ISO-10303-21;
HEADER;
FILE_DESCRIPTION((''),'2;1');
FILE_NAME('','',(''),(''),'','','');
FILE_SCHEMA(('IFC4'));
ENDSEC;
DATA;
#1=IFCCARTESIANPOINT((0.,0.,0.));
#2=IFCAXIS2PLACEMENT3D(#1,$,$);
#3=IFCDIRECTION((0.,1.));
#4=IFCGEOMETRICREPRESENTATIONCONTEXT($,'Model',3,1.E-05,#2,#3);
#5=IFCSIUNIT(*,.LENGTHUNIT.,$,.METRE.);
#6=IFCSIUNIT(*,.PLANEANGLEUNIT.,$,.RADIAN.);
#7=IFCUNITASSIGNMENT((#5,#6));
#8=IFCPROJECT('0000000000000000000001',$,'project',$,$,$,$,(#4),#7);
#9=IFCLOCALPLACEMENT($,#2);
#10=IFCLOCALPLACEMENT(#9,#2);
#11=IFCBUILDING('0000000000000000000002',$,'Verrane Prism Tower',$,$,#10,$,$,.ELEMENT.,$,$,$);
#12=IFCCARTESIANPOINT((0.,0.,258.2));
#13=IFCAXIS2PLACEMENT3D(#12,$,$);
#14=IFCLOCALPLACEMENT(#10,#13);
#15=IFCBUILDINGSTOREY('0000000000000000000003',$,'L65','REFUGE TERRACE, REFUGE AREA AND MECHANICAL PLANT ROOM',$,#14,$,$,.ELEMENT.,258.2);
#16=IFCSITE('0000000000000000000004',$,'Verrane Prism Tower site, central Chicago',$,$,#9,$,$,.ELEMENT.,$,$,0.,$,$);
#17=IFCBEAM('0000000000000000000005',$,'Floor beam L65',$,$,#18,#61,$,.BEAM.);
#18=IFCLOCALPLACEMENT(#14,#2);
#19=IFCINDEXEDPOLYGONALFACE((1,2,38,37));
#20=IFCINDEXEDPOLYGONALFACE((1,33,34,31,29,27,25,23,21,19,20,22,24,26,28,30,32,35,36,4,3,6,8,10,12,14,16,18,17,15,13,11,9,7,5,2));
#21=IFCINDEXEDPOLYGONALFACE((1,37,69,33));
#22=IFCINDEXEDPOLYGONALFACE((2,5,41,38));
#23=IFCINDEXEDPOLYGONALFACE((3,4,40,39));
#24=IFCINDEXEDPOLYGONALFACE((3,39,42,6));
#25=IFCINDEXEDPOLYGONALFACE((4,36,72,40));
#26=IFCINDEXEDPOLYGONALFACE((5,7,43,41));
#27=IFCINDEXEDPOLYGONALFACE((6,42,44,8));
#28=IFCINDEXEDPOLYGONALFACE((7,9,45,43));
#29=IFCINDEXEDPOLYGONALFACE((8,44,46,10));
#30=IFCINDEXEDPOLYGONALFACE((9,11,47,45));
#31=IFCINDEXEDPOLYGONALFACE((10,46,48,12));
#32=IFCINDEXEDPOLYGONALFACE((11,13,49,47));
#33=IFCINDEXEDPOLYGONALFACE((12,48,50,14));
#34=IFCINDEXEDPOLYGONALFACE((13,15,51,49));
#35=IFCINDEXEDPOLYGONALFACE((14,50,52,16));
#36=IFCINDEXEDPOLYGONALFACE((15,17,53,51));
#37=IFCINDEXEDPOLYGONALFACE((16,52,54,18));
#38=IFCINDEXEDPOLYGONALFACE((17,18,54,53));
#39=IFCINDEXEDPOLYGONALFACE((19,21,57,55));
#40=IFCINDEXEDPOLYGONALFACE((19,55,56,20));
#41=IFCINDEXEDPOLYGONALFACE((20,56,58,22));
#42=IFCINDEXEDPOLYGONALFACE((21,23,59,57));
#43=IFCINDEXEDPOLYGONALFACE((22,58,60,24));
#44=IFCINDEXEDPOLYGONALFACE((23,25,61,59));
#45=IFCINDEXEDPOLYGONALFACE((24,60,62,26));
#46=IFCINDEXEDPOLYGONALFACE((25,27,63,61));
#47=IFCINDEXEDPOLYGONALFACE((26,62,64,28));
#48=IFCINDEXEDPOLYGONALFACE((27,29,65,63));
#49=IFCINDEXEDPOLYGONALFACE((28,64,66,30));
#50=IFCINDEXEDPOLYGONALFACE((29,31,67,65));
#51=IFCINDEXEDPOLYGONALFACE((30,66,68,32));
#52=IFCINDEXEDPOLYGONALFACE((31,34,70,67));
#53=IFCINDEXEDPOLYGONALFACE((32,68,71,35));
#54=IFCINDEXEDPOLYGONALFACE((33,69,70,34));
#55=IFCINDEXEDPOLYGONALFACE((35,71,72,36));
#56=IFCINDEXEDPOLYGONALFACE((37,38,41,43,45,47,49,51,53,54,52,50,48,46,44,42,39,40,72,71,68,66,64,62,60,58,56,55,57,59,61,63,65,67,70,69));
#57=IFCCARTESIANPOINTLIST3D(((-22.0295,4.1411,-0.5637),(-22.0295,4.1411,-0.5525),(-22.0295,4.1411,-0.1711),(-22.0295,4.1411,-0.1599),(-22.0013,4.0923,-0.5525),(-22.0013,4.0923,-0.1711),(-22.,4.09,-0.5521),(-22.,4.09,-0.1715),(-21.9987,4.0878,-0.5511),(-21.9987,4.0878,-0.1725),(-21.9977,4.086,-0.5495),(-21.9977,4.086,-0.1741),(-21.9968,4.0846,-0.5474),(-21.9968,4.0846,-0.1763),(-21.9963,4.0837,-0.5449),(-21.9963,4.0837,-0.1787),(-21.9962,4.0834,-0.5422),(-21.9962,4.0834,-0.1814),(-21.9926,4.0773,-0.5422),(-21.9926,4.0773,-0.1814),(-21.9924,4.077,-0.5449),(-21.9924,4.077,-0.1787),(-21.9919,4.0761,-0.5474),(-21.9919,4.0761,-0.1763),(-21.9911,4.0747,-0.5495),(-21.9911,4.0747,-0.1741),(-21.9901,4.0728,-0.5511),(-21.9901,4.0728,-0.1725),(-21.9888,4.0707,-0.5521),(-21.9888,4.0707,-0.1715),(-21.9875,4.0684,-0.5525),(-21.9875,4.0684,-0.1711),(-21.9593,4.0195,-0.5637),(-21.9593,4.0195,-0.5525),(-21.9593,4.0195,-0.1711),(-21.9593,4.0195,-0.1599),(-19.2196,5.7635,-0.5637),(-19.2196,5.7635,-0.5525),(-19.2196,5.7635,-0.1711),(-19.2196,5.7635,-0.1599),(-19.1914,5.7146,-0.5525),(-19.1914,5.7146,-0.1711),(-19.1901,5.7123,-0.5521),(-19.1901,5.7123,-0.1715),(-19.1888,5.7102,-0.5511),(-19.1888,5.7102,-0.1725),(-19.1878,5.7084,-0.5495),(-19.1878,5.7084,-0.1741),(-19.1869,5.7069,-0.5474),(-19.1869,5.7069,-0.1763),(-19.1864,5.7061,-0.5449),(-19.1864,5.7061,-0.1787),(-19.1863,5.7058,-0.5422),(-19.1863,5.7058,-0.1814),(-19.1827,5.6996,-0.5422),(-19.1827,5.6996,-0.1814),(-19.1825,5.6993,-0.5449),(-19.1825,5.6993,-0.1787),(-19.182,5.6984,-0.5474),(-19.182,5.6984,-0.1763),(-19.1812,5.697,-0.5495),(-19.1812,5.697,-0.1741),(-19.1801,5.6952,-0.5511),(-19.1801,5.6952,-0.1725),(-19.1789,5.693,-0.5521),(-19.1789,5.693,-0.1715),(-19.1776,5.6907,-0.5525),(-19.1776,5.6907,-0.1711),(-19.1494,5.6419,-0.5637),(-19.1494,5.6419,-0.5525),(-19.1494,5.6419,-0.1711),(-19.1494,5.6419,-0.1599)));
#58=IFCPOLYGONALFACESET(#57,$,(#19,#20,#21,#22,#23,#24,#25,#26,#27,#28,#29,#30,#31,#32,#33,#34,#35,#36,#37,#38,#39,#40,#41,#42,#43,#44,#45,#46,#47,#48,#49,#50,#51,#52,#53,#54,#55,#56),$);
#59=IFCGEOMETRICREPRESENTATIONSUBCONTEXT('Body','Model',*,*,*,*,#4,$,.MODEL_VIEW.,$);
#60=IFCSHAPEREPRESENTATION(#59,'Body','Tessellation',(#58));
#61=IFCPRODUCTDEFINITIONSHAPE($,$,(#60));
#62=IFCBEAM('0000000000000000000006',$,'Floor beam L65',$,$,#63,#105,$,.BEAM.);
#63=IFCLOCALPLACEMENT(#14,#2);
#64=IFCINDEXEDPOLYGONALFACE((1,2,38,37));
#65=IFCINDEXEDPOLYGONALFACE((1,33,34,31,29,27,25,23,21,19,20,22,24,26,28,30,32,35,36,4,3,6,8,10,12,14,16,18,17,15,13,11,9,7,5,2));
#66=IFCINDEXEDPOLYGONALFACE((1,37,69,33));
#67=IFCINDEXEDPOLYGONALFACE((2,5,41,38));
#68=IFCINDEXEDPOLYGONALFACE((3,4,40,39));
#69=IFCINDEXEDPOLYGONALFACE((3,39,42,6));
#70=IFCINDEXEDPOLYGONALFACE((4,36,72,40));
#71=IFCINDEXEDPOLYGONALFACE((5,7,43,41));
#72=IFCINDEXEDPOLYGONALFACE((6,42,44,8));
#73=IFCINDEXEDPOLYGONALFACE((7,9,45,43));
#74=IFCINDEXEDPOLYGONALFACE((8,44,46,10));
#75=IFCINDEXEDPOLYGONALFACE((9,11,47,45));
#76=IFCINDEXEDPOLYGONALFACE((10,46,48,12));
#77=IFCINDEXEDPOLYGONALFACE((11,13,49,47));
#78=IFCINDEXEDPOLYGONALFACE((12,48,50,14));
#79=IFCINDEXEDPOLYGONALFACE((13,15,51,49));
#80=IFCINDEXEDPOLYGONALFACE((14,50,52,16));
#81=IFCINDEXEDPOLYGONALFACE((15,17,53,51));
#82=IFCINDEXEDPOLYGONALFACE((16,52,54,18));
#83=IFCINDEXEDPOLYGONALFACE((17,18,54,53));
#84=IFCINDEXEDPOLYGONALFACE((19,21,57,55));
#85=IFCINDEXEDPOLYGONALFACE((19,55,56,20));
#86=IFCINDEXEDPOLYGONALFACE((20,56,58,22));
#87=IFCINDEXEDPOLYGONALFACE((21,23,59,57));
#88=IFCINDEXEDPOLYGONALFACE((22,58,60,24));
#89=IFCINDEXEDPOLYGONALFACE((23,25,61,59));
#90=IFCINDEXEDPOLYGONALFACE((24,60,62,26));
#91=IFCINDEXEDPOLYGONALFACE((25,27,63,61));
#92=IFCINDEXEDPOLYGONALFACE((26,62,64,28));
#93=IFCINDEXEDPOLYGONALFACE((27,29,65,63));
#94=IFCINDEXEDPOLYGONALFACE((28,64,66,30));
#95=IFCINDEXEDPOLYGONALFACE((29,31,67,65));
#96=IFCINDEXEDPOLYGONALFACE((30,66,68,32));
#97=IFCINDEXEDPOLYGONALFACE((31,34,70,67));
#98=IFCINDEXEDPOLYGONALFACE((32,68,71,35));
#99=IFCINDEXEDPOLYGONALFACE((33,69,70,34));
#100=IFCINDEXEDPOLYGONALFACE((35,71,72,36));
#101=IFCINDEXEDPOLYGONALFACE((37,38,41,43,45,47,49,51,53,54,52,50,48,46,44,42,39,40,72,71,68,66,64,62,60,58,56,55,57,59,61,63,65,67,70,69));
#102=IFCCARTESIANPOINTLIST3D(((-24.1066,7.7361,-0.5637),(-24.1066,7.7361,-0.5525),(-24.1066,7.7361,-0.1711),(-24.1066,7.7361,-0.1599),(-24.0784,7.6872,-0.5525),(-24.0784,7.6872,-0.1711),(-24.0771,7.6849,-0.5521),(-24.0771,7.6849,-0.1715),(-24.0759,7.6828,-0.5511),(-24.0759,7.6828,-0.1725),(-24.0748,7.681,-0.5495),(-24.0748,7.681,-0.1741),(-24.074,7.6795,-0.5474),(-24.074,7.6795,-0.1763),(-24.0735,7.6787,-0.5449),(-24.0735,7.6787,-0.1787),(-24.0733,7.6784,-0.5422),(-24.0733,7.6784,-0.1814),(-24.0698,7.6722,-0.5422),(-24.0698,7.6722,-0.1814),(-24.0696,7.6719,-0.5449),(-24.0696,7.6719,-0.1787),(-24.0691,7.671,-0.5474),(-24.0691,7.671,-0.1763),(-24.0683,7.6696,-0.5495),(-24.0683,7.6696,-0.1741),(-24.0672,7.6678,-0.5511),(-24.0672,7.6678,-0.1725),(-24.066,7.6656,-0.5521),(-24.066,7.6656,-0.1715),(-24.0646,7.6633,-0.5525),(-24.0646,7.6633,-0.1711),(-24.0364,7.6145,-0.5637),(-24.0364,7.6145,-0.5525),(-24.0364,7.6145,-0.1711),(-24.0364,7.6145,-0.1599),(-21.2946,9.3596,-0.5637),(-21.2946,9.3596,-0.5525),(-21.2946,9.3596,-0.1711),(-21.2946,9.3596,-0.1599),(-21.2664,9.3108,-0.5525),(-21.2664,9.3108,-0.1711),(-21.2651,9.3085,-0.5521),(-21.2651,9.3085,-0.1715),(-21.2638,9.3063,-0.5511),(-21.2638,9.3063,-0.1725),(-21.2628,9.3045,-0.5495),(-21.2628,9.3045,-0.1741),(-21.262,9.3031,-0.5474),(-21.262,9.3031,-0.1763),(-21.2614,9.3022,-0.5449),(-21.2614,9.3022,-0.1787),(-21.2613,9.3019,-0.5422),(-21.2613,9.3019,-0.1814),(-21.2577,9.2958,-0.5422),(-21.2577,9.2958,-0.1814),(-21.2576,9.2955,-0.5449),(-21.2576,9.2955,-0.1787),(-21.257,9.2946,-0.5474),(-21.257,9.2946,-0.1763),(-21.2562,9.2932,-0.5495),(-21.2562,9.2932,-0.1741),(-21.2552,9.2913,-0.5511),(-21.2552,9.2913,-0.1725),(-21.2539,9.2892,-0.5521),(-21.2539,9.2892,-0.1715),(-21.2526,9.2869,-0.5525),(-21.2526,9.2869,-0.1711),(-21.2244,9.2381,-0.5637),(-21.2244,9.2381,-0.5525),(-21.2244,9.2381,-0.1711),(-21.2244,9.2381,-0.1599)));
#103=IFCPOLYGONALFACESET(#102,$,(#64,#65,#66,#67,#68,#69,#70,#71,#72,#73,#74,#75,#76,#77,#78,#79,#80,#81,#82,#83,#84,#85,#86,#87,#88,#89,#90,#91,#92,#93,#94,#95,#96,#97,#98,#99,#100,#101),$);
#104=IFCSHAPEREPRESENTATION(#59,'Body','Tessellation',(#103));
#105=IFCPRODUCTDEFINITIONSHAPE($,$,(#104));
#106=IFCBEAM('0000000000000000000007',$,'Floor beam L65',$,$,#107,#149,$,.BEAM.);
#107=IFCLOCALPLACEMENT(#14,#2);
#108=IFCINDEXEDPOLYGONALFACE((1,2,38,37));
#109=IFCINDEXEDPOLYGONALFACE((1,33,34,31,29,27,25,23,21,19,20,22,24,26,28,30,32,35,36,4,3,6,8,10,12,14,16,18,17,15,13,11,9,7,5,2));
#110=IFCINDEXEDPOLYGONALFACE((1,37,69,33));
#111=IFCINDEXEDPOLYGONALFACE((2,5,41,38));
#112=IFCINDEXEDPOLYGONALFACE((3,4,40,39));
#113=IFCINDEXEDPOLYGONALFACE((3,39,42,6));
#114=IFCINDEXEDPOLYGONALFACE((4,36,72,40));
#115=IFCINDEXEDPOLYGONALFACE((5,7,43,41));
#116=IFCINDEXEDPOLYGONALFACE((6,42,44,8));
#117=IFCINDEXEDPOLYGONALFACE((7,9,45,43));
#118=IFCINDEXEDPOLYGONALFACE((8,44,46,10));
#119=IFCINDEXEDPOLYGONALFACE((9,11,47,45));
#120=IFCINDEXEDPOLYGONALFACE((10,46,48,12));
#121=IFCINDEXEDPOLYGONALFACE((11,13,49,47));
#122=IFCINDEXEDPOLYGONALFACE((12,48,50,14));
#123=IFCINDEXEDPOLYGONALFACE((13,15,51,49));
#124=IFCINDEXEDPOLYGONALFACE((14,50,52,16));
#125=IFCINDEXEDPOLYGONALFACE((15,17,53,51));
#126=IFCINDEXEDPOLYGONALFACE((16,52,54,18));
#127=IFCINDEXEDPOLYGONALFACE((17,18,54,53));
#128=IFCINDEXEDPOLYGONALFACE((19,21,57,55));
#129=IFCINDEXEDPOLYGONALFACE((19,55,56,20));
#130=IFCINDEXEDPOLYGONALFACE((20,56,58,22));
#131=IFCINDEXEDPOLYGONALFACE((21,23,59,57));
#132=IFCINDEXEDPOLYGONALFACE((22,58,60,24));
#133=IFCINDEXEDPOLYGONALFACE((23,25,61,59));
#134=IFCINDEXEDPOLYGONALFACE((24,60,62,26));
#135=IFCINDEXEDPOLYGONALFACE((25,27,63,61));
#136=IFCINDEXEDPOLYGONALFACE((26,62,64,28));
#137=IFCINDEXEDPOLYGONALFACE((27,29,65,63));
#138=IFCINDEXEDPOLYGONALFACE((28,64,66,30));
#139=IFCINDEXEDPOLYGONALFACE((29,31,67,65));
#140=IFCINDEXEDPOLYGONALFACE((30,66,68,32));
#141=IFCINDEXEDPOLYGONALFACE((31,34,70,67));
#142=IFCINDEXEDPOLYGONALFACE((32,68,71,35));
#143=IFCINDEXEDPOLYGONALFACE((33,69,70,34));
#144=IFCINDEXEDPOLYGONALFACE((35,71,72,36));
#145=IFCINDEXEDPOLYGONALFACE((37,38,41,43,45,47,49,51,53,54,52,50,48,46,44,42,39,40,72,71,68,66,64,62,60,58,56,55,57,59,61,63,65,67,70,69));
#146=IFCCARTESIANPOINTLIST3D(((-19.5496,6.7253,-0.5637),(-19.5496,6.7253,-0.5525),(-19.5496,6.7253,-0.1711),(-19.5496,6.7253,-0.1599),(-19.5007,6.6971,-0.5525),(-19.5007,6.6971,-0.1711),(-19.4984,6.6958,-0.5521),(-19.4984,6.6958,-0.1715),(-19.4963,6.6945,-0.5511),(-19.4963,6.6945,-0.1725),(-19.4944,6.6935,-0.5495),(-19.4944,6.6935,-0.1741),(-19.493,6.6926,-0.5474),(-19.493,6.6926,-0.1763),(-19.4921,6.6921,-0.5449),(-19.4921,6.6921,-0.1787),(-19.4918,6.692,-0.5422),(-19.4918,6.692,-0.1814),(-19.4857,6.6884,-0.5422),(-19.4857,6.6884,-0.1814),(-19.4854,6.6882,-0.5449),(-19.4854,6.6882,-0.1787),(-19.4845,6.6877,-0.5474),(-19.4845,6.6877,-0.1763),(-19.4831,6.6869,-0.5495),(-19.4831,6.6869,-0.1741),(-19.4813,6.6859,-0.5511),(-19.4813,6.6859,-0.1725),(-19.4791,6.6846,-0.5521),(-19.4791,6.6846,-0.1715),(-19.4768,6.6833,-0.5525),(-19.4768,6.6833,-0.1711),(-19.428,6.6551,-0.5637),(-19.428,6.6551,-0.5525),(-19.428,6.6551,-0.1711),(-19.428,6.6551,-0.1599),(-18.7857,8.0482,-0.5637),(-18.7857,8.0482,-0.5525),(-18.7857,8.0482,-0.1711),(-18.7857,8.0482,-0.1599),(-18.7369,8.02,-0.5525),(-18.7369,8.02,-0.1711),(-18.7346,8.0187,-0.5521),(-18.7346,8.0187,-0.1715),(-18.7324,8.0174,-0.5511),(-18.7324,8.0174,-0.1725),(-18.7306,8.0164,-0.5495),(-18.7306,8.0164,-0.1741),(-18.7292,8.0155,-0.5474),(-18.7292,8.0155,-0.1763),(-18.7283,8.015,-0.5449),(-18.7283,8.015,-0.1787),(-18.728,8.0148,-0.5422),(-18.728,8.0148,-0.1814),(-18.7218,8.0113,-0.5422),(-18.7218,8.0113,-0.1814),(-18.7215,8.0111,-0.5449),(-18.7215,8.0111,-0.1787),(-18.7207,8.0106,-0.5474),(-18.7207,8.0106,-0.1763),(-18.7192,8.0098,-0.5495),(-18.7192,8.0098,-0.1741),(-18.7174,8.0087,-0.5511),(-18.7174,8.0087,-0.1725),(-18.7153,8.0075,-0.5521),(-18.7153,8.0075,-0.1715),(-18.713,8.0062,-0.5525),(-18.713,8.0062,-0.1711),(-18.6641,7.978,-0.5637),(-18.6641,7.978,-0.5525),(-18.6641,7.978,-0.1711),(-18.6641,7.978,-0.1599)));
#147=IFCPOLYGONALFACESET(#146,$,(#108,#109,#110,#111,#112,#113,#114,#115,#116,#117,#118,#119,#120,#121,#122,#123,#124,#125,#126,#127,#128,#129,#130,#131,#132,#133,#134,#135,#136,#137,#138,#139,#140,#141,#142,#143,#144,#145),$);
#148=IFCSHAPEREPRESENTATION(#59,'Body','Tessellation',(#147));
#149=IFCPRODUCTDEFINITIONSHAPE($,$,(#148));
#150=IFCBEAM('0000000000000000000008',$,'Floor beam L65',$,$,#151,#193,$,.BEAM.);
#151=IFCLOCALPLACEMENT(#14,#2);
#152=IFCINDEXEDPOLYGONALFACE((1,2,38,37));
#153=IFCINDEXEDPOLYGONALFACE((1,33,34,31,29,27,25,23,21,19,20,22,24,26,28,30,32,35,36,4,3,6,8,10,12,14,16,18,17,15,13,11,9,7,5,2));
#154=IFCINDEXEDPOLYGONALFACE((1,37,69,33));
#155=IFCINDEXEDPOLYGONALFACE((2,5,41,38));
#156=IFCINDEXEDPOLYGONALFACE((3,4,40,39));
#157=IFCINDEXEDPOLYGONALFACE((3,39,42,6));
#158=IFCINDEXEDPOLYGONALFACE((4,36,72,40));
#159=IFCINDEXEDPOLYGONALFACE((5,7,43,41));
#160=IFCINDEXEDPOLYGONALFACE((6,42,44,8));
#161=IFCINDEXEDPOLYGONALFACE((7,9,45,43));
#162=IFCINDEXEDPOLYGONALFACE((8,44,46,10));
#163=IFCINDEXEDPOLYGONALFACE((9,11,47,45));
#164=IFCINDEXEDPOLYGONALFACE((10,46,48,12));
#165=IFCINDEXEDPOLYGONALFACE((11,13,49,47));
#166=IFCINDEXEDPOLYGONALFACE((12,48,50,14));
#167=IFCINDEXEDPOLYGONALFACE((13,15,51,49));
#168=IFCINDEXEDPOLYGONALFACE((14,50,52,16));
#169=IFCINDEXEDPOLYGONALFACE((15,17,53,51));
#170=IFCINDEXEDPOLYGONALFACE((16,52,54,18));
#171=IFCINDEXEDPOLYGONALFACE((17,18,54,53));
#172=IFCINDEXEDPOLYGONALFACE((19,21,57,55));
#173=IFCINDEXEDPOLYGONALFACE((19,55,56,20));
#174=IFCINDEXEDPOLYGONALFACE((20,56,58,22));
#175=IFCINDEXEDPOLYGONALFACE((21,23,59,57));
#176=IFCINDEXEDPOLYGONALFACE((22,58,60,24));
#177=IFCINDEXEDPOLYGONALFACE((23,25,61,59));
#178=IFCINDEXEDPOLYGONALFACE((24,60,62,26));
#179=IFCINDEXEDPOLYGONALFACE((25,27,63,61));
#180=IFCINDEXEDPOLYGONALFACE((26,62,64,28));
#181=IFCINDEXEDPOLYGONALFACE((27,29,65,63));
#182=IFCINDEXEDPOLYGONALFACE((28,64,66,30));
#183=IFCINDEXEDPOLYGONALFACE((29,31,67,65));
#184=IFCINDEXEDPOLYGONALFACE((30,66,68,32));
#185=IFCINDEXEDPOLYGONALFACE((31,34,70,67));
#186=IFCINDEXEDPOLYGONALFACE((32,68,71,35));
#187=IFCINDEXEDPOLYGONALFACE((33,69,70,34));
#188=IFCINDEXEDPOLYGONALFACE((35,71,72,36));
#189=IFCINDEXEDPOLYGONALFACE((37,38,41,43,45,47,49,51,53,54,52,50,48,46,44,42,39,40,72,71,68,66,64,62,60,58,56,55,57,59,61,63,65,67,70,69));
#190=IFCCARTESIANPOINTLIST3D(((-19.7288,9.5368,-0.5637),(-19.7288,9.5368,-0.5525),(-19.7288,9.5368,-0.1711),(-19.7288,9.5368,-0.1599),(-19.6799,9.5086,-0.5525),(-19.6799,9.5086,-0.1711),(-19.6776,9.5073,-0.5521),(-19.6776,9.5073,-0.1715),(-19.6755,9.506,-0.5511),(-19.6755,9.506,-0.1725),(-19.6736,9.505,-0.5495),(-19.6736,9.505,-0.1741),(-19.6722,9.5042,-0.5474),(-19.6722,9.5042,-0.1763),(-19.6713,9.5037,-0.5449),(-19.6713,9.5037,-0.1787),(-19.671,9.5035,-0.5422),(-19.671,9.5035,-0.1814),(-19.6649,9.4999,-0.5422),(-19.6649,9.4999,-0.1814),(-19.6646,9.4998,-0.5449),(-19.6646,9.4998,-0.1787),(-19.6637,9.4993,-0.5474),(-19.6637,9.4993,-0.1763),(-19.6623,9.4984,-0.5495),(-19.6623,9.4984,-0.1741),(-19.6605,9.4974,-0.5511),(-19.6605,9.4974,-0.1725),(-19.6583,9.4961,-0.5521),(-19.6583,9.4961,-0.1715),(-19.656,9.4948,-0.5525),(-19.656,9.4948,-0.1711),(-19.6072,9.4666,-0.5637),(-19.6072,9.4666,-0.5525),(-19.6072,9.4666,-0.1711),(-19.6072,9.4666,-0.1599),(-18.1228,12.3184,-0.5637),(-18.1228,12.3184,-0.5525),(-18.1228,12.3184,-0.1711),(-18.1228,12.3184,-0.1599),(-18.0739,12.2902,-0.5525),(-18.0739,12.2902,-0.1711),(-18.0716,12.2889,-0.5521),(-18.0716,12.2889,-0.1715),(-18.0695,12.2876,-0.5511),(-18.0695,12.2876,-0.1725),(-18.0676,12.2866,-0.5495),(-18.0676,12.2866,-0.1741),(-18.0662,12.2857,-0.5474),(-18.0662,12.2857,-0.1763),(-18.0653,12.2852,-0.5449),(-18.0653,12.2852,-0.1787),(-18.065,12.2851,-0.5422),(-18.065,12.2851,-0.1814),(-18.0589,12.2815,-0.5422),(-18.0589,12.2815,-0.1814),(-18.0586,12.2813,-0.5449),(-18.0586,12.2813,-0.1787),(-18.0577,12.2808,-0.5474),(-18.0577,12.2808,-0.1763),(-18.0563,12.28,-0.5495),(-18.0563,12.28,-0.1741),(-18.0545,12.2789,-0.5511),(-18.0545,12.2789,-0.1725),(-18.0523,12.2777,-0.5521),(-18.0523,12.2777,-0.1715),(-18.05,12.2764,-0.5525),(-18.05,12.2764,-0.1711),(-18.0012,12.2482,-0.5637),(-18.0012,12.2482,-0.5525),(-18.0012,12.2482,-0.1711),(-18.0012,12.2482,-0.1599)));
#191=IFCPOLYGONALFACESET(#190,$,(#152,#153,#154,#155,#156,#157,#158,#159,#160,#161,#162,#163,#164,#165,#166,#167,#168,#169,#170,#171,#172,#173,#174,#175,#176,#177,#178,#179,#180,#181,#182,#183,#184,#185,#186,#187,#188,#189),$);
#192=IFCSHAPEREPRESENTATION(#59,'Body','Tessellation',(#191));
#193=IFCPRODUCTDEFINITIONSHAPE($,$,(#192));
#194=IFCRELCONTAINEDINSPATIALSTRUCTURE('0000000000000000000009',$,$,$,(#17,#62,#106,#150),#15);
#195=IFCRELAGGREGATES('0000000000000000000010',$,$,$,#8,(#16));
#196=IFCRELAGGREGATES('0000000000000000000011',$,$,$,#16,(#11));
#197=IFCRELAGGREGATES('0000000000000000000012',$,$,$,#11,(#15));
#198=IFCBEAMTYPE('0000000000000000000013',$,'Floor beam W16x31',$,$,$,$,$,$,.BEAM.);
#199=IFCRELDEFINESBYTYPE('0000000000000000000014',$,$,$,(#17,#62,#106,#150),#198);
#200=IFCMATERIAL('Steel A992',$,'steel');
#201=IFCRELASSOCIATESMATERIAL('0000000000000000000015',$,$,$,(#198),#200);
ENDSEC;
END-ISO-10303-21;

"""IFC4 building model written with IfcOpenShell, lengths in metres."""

from ifc_helpers import new_model, si_unit, direction, frame, origin, origin_2d, place, context, subcontext, project, spatial, i_section, extrude, material, material_profile, profile_set, type_object, element, save


model = new_model("IFC4")

# Units and contexts
model_context = context("Model", 3, precision=1e-05, world=origin(), true_north=direction((0.0, 1.0)))
body_context = subcontext(model_context, "Body", "Model", "MODEL_VIEW")
ifc_project = project(units=[si_unit("LENGTHUNIT", "METRE"), si_unit("PLANEANGLEUNIT", "RADIAN")], contexts=[model_context])

# Site, building, storey
site_placement = place(None, origin())
site = spatial("IfcSite", under=ifc_project, at=site_placement, Name="Verrane Prism Tower site, central Chicago", CompositionType="ELEMENT", RefElevation=0.0)
building_placement = place(site_placement, origin())
building = spatial("IfcBuilding", under=site, at=building_placement, Name="Verrane Prism Tower", CompositionType="ELEMENT")
storey_placement = place(building_placement, frame((0.0, 0.0, 258.2)))
storey = spatial("IfcBuildingStorey", under=building, at=storey_placement, Name="L65", Description="REFUGE TERRACE, REFUGE AREA AND MECHANICAL PLANT ROOM", CompositionType="ELEMENT", Elevation=258.2)

# Beams
ifc_material_1 = material(Name="Steel A992", Category="steel")
ifc_material_profile_1 = material_profile(ifc_material_1, i_section(OverallWidth=0.1404, OverallDepth=0.4038, WebThickness=0.0071, FlangeThickness=0.0112, FilletRadius=0.0103, at=origin_2d()), Name="W16x31")
ifc_profile_set_1 = profile_set([ifc_material_profile_1], Name="Steel A992")
beam_type_1 = type_object("IfcBeamType", Name="Floor beam W16x31", PredefinedType="BEAM", material=ifc_profile_set_1)
beam_1_placement = place(storey_placement, frame((-21.9944, 4.0803, -0.3618), z_axis=(0.866016, 0.500016, 0.0), x_axis=(-0.500016, 0.866016, 0.0)))
element("IfcBeam", 1, at=beam_1_placement, inside=storey, type_object=beam_type_1, Name="Floor beam L65", PredefinedType="BEAM", context=body_context, shape_type="SweptSolid", body=[
    extrude(i_section(OverallWidth=0.1404, OverallDepth=0.4038, WebThickness=0.0071, FlangeThickness=0.0112, FilletRadius=0.0103, at=origin_2d()), origin(), (0.0, 0.0, 1.0), 3.2446),
])
beam_2_placement = place(storey_placement, frame((-24.0715, 7.6753, -0.3618), z_axis=(0.866023, 0.500004, 0.0), x_axis=(-0.500004, 0.866023, 0.0)))
element("IfcBeam", 2, at=beam_2_placement, inside=storey, type_object=beam_type_1, Name="Floor beam L65", PredefinedType="BEAM", context=body_context, shape_type="SweptSolid", body=[
    extrude(i_section(OverallWidth=0.1404, OverallDepth=0.4038, WebThickness=0.0071, FlangeThickness=0.0112, FilletRadius=0.0103, at=origin_2d()), origin(), (0.0, 0.0, 1.0), 3.2471),
])
beam_3_placement = place(storey_placement, frame((-19.4888, 6.6902, -0.3618), z_axis=(0.500041, 0.866002, 0.0), x_axis=(-0.866002, 0.500041, 0.0)))
element("IfcBeam", 3, at=beam_3_placement, inside=storey, type_object=beam_type_1, Name="Floor beam L65", PredefinedType="BEAM", context=body_context, shape_type="SweptSolid", body=[
    extrude(i_section(OverallWidth=0.1404, OverallDepth=0.4038, WebThickness=0.0071, FlangeThickness=0.0112, FilletRadius=0.0103, at=origin_2d()), origin(), (0.0, 0.0, 1.0), 1.5276),
])
beam_4_placement = place(storey_placement, frame((-19.668, 9.5017, -0.3618), z_axis=(0.500014, 0.866017, 0.0), x_axis=(-0.866017, 0.500014, 0.0)))
element("IfcBeam", 4, at=beam_4_placement, inside=storey, type_object=beam_type_1, Name="Floor beam L65", PredefinedType="BEAM", context=body_context, shape_type="SweptSolid", body=[
    extrude(i_section(OverallWidth=0.1404, OverallDepth=0.4038, WebThickness=0.0071, FlangeThickness=0.0112, FilletRadius=0.0103, at=origin_2d()), origin(), (0.0, 0.0, 1.0), 3.2119),
])

save(model, "model.ifc")
